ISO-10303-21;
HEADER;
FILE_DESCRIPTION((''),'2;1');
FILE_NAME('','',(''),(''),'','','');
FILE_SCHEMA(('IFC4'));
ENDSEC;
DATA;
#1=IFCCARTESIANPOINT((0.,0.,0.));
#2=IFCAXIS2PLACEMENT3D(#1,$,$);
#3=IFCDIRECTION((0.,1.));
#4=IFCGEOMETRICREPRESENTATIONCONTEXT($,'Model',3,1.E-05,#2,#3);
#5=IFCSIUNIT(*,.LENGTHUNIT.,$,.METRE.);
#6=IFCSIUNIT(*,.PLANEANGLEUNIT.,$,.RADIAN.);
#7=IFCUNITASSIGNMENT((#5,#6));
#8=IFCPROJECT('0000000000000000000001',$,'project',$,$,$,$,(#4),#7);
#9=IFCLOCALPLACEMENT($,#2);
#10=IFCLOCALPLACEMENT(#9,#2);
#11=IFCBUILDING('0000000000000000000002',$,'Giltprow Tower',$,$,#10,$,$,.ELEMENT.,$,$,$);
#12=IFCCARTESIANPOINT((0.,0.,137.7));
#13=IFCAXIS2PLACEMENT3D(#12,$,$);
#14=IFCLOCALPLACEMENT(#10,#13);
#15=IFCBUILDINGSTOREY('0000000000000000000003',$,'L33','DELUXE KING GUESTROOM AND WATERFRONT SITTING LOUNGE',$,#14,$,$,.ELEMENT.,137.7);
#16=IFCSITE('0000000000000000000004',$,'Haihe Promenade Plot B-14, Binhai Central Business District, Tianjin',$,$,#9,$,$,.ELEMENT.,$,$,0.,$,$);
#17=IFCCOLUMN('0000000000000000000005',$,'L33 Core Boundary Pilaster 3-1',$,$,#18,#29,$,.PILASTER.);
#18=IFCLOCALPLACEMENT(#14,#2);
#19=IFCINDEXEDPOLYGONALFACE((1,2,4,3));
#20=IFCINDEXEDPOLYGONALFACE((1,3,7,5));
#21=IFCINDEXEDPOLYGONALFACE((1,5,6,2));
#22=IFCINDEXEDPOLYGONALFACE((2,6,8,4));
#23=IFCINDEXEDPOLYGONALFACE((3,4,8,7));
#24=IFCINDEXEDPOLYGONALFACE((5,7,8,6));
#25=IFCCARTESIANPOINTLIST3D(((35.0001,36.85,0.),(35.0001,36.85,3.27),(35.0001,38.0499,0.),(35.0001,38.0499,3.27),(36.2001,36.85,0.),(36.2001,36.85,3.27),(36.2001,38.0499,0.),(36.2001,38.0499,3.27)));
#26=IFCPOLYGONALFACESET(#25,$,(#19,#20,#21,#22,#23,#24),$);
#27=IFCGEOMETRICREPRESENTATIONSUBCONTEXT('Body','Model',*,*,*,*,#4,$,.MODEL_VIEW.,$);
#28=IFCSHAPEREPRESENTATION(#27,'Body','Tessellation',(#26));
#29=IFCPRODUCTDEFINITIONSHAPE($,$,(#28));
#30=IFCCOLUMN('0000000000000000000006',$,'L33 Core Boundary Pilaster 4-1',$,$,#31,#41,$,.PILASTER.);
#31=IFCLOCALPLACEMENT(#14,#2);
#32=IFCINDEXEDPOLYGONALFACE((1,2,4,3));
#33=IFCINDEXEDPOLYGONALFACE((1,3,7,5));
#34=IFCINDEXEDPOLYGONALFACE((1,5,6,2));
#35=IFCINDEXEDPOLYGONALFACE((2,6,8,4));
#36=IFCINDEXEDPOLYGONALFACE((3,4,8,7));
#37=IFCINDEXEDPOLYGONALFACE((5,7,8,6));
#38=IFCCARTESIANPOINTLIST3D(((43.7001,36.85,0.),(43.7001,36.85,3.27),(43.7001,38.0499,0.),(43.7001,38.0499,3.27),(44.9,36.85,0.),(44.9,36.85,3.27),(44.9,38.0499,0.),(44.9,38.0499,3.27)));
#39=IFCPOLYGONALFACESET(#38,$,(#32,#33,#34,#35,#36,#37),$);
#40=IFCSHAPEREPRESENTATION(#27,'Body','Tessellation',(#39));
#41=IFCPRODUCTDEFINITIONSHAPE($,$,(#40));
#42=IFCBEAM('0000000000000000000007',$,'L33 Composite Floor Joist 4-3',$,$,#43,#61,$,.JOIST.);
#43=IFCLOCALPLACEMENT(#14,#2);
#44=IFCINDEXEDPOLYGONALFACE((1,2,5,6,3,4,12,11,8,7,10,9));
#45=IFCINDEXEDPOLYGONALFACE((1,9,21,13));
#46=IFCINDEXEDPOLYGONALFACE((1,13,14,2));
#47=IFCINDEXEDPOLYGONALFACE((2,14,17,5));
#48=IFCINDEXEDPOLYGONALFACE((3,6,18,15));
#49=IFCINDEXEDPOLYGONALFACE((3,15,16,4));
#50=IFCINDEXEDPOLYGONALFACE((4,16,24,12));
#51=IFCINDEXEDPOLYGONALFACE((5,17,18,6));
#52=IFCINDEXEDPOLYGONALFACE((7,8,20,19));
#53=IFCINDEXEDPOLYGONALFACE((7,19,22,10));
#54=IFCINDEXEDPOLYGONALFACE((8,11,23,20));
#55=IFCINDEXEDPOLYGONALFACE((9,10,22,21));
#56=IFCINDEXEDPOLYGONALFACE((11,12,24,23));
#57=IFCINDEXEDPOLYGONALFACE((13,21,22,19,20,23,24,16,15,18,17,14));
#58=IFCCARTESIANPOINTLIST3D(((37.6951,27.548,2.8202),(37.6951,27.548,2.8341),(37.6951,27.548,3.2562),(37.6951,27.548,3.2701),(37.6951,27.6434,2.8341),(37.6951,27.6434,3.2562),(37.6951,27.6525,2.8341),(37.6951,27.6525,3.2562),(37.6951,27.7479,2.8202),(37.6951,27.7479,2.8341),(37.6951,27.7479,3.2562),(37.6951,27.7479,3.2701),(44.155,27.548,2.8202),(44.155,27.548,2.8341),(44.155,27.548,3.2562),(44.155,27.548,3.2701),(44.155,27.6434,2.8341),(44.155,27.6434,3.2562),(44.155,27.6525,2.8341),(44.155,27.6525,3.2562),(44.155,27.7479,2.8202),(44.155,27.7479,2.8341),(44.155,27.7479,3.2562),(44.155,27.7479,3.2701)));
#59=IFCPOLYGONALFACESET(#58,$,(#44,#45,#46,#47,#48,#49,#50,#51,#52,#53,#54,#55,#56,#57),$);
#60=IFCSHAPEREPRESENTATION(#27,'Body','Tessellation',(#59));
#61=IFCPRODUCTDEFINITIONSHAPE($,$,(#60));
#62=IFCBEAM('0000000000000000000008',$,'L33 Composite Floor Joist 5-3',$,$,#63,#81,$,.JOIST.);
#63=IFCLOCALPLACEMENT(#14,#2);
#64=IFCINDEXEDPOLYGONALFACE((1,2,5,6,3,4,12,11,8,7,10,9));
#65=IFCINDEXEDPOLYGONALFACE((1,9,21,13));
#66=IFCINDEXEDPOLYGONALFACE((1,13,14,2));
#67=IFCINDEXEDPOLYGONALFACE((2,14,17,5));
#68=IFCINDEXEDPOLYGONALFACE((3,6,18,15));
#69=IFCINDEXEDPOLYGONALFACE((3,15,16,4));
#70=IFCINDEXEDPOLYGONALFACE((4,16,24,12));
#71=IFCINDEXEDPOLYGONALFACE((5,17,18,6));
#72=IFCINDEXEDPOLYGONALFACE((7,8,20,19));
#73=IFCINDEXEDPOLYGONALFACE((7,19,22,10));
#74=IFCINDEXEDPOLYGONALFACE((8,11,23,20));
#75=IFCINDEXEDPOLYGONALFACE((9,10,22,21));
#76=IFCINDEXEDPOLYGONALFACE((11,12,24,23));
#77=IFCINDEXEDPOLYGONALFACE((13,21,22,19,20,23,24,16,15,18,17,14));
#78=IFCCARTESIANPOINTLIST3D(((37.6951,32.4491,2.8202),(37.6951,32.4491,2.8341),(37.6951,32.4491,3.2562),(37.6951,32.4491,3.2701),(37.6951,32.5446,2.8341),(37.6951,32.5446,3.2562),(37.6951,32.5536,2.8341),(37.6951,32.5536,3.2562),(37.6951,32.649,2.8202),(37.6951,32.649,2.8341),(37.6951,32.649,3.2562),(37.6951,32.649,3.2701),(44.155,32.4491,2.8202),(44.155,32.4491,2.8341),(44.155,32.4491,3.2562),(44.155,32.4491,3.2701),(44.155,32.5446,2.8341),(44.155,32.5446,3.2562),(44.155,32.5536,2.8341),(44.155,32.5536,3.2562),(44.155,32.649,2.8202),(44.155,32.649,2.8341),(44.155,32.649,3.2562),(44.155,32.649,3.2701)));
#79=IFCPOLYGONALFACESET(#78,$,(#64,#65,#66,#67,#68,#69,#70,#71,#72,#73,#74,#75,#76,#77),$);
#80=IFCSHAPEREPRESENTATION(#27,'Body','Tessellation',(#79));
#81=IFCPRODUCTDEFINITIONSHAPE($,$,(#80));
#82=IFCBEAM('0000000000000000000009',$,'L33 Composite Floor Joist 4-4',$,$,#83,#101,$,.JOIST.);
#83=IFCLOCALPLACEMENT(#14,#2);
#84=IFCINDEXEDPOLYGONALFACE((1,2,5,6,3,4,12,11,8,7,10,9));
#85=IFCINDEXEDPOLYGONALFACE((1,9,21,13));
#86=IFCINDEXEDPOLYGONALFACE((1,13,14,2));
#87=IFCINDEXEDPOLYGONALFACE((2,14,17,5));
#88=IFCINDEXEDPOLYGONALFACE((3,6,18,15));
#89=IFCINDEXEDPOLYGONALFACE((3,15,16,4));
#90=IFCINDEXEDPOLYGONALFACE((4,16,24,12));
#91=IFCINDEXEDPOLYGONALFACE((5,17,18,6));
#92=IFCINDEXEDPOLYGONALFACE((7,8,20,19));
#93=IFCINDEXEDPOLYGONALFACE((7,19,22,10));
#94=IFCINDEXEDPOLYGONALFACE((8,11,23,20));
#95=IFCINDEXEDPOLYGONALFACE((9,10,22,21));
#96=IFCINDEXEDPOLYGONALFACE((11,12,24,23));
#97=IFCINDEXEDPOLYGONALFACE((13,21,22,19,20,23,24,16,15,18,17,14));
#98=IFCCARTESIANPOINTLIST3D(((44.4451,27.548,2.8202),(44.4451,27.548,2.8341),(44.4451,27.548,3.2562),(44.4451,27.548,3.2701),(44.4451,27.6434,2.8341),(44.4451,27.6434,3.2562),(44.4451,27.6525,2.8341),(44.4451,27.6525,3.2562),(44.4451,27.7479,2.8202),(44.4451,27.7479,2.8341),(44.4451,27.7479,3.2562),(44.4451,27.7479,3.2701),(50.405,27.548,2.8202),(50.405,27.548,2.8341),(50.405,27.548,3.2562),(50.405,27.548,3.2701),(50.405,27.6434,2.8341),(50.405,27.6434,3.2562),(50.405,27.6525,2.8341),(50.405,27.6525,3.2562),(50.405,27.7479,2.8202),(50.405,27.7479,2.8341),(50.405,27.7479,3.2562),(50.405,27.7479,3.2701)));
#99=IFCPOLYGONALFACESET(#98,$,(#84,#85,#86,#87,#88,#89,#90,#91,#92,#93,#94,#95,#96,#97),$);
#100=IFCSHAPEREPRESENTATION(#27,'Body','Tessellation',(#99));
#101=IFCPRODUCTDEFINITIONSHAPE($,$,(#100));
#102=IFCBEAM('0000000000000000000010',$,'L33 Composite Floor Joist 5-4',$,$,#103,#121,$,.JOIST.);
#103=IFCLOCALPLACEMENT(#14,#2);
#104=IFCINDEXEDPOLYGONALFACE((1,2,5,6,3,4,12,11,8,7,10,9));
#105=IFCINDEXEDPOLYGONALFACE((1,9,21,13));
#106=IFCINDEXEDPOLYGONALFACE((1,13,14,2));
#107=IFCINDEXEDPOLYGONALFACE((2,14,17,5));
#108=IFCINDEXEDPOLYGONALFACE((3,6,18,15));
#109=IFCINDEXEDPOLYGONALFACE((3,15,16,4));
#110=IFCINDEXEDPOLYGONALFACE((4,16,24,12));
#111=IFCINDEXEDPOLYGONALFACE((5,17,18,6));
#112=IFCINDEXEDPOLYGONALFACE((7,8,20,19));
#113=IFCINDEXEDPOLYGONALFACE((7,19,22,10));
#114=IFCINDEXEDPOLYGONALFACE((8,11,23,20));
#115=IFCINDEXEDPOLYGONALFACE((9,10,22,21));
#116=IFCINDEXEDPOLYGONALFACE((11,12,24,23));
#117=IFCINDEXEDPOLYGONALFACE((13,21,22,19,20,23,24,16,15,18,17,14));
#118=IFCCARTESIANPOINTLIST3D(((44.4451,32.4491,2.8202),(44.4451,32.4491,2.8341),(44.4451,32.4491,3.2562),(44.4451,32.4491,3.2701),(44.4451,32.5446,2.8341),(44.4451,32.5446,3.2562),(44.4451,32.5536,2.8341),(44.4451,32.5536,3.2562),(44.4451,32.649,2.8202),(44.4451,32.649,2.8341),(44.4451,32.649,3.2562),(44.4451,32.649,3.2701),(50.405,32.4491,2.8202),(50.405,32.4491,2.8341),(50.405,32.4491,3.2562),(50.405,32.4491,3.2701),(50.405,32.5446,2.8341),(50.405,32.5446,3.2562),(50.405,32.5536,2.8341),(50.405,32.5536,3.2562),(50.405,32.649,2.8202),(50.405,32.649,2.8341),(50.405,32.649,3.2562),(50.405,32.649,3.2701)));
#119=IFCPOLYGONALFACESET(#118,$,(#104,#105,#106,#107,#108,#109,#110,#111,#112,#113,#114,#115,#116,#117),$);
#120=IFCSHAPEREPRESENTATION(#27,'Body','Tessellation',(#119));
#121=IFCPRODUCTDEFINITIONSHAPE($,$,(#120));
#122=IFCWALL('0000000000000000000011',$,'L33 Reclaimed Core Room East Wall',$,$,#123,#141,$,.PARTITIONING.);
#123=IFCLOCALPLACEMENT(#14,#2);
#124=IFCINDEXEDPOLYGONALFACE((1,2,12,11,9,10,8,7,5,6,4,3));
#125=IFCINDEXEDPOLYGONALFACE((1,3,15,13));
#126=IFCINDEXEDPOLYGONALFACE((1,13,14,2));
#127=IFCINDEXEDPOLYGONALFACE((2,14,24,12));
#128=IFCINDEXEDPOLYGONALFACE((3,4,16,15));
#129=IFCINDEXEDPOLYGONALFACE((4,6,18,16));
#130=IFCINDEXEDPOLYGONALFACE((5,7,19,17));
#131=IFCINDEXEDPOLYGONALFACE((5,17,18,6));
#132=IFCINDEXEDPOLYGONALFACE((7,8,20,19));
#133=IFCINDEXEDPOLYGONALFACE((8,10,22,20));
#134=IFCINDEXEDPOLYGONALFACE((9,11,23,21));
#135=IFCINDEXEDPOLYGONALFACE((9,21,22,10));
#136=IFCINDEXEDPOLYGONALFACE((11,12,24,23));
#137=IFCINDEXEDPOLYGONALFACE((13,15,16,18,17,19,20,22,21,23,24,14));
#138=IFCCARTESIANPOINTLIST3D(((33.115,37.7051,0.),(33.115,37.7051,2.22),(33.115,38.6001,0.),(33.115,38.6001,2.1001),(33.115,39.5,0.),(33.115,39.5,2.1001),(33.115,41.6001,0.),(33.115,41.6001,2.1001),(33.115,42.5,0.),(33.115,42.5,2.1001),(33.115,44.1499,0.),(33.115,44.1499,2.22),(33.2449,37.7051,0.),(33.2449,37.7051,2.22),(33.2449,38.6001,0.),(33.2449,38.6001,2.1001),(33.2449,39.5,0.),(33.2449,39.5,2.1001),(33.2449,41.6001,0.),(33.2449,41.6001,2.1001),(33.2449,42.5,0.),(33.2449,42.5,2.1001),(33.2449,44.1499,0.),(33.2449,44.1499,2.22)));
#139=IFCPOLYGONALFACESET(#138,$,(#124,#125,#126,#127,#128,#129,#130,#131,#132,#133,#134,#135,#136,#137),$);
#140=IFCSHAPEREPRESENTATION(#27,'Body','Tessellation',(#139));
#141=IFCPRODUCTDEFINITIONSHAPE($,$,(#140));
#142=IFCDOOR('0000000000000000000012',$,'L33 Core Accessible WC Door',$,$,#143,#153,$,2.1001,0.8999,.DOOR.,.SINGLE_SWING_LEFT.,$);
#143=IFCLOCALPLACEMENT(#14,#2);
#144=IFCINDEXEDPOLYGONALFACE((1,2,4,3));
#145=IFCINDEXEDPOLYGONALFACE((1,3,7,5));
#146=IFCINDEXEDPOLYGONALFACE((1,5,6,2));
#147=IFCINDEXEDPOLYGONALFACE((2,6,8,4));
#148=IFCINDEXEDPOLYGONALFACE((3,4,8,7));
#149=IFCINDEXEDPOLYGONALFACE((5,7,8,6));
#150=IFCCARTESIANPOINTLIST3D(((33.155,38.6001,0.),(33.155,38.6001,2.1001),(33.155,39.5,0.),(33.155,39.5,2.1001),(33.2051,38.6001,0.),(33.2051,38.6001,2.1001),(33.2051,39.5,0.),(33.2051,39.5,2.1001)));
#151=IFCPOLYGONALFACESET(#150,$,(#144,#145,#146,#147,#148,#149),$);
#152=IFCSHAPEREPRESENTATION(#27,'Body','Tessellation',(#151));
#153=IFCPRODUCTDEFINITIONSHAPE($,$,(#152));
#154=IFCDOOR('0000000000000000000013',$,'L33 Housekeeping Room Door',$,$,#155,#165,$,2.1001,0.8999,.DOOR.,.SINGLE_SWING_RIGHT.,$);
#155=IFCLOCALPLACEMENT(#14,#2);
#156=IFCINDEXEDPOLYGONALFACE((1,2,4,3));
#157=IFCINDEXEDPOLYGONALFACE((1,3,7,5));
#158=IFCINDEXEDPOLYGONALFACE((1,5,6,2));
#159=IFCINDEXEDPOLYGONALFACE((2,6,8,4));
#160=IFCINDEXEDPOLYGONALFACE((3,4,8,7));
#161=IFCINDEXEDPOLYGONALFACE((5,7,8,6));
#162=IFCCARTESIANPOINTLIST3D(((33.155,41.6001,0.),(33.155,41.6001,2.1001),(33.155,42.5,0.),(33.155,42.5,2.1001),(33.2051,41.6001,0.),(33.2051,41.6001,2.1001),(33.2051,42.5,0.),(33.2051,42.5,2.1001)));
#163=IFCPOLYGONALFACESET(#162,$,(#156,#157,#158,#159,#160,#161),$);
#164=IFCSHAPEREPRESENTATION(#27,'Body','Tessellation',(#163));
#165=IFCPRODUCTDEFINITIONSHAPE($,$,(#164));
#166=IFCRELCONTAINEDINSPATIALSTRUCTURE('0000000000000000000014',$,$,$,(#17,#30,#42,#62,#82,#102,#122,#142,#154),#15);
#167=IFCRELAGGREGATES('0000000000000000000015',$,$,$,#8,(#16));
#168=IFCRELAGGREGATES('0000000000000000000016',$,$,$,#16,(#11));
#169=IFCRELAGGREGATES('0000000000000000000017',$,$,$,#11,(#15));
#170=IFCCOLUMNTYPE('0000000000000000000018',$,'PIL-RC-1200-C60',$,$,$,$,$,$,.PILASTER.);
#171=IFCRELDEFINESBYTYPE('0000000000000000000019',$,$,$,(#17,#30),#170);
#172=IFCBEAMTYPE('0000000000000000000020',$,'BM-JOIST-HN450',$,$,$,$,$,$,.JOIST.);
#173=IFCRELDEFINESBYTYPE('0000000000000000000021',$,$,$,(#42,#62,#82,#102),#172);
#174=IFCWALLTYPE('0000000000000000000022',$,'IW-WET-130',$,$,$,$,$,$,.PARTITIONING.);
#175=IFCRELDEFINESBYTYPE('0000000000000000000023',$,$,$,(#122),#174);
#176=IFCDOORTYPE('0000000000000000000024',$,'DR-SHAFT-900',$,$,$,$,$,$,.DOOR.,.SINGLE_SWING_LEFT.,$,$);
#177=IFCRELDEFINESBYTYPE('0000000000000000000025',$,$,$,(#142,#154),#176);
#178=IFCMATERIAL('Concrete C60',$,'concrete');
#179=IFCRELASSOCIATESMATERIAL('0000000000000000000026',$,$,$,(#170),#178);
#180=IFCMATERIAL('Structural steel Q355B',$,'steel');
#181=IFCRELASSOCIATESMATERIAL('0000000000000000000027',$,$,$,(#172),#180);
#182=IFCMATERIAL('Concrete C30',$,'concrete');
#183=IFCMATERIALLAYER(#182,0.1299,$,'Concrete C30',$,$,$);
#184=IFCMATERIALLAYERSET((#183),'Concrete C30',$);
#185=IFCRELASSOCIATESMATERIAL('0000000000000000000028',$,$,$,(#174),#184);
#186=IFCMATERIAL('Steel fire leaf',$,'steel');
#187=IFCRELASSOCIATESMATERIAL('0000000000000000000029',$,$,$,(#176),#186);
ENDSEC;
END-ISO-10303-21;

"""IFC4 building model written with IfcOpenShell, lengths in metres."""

from ifc_helpers import new_model, si_unit, direction, frame, frame_2d, origin, origin_2d, place, context, subcontext, project, spatial, rectangle, i_section, extrude, source, transform, mapped, material, layer, layer_set, material_profile, profile_set, type_object, element, fill, save


model = new_model("IFC4")

# Units and contexts
model_context = context("Model", 3, precision=1e-05, world=origin(), true_north=direction((0.0, 1.0)))
body_context = subcontext(model_context, "Body", "Model", "MODEL_VIEW")
ifc_project = project(units=[si_unit("LENGTHUNIT", "METRE"), si_unit("PLANEANGLEUNIT", "RADIAN")], contexts=[model_context])

# Site, building, storey
site_placement = place(None, origin())
site = spatial("IfcSite", under=ifc_project, at=site_placement, Name="Haihe Promenade Plot B-14, Binhai Central Business District, Tianjin", CompositionType="ELEMENT", RefElevation=0.0)
building_placement = place(site_placement, origin())
building = spatial("IfcBuilding", under=site, at=building_placement, Name="Giltprow Tower", CompositionType="ELEMENT")
storey_placement = place(building_placement, frame((0.0, 0.0, 137.7)))
storey = spatial("IfcBuildingStorey", under=building, at=storey_placement, Name="L33", Description="DELUXE KING GUESTROOM AND WATERFRONT SITTING LOUNGE", CompositionType="ELEMENT", Elevation=137.7)

# Columns
ifc_material_1 = material(Name="Concrete C60", Category="concrete")
ifc_material_profile_1 = material_profile(ifc_material_1, rectangle(XDim=1.2, YDim=1.2, at=origin_2d()), Name="RC 1200x1200")
ifc_profile_set_1 = profile_set([ifc_material_profile_1], Name="Concrete C60")
column_type = type_object("IfcColumnType", Name="PIL-RC-1200-C60", PredefinedType="PILASTER", material=ifc_profile_set_1)
shared_shape_1 = source(origin(), body_context, "Body", "SweptSolid", [
    extrude(rectangle(XDim=1.2, YDim=1.2, at=origin_2d()), origin(), (0.0, 0.0, 1.0), 3.27),
])
for number, where, z_axis, x_axis, name in (
    (1, (35.6001, 37.45, 0.0), (0.0, 0.0, 1.0), (1.0, 0.0, 0.0), "L33 Core Boundary Pilaster 3-1"),
    (2, (44.3, 37.45, 0.0), (0.0, 0.0, 1.0), (1.0, 0.0, 0.0), "L33 Core Boundary Pilaster 4-1"),
):
    element("IfcColumn", number, at=place(storey_placement, frame(where, z_axis=z_axis, x_axis=x_axis)), inside=storey, type_object=column_type, Name=name, PredefinedType="PILASTER", context=body_context, shape_type="MappedRepresentation", body=[
        mapped(shared_shape_1, transform((0.0, 0.0, 0.0), x_axis=(1.0, 0.0, 0.0), y_axis=(0.0, 1.0, 0.0), z_axis=(0.0, 0.0, 1.0), scale=1.0)),
    ])

# Beams
ifc_material_2 = material(Name="Structural steel Q355B", Category="steel")
ifc_material_profile_2 = material_profile(ifc_material_2, i_section(OverallWidth=0.2, OverallDepth=0.45, WebThickness=0.009, FlangeThickness=0.0139, at=origin_2d()), Name="HN 450x200x9x14")
ifc_profile_set_2 = profile_set([ifc_material_profile_2], Name="Structural steel Q355B")
beam_type = type_object("IfcBeamType", Name="BM-JOIST-HN450", PredefinedType="JOIST", material=ifc_profile_set_2)
shared_shape_2 = source(origin(), body_context, "Body", "SweptSolid", [
    extrude(i_section(OverallWidth=0.2, OverallDepth=0.45, WebThickness=0.009, FlangeThickness=0.0139, at=origin_2d()), origin(), (0.0, 0.0, 1.0), 6.46),
])
for number, where, z_axis, x_axis, name in (
    (3, (37.6951, 27.6479, 3.0452), (1.0, 0.0, 0.0), (0.0, 1.0, 0.0), "L33 Composite Floor Joist 4-3"),
    (4, (37.6951, 32.5491, 3.0452), (1.0, 0.0, 0.0), (0.0, 1.0, 0.0), "L33 Composite Floor Joist 5-3"),
):
    element("IfcBeam", number, at=place(storey_placement, frame(where, z_axis=z_axis, x_axis=x_axis)), inside=storey, type_object=beam_type, Name=name, PredefinedType="JOIST", context=body_context, shape_type="MappedRepresentation", body=[
        mapped(shared_shape_2, transform((0.0, 0.0, 0.0), x_axis=(1.0, 0.0, 0.0), y_axis=(0.0, 1.0, 0.0), z_axis=(0.0, 0.0, 1.0), scale=1.0)),
    ])
shared_shape_3 = source(origin(), body_context, "Body", "SweptSolid", [
    extrude(i_section(OverallWidth=0.2, OverallDepth=0.45, WebThickness=0.009, FlangeThickness=0.0139, at=origin_2d()), origin(), (0.0, 0.0, 1.0), 5.96),
])
for number, where, z_axis, x_axis, name in (
    (5, (44.4451, 27.6479, 3.0452), (1.0, 0.0, 0.0), (0.0, 1.0, 0.0), "L33 Composite Floor Joist 4-4"),
    (6, (44.4451, 32.5491, 3.0452), (1.0, 0.0, 0.0), (0.0, 1.0, 0.0), "L33 Composite Floor Joist 5-4"),
):
    element("IfcBeam", number, at=place(storey_placement, frame(where, z_axis=z_axis, x_axis=x_axis)), inside=storey, type_object=beam_type, Name=name, PredefinedType="JOIST", context=body_context, shape_type="MappedRepresentation", body=[
        mapped(shared_shape_3, transform((0.0, 0.0, 0.0), x_axis=(1.0, 0.0, 0.0), y_axis=(0.0, 1.0, 0.0), z_axis=(0.0, 0.0, 1.0), scale=1.0)),
    ])

# Wall, openings, doors
ifc_material_3 = material(Name="Concrete C30", Category="concrete")
ifc_layer_1 = layer(ifc_material_3, 0.1299, Name="Concrete C30")
ifc_layer_set_1 = layer_set([ifc_layer_1], Name="Concrete C30")
wall_type_1 = type_object("IfcWallType", Name="IW-WET-130", PredefinedType="PARTITIONING", material=ifc_layer_set_1)
wall_1_placement = place(storey_placement, frame((33.1799, 37.7051, 0.0), z_axis=(0.0, 0.0, 1.0), x_axis=(0.0, 1.0, 0.0)))
wall_1 = element("IfcWall", 7, at=wall_1_placement, inside=storey, type_object=wall_type_1, Name="L33 Reclaimed Core Room East Wall", PredefinedType="PARTITIONING", context=body_context, shape_type="SweptSolid", body=[
    extrude(rectangle(XDim=6.4448, YDim=0.1299, at=frame_2d((3.2224, 0.0))), origin(), (0.0, 0.0, 1.0), 2.22),
])
opening_1_placement = place(wall_1_placement, frame((0.895, 0.0, 0.0)))
opening_1 = element("IfcOpeningElement", 8, at=opening_1_placement, cuts=wall_1, PredefinedType="OPENING", context=body_context, shape_type="SweptSolid", body=[
    extrude(rectangle(XDim=0.8999, YDim=2.1001, at=frame_2d((0.45, 1.05))), frame((0.0, 0.075, 0.0), z_axis=(0.0, -1.0, 0.0), x_axis=(1.0, 0.0, 0.0)), (0.0, 0.0, 1.0), 0.1499),
])
opening_2_placement = place(wall_1_placement, frame((3.895, 0.0, 0.0)))
opening_2 = element("IfcOpeningElement", 9, at=opening_2_placement, cuts=wall_1, PredefinedType="OPENING", context=body_context, shape_type="SweptSolid", body=[
    extrude(rectangle(XDim=0.8999, YDim=2.1001, at=frame_2d((0.45, 1.05))), frame((0.0, 0.075, 0.0), z_axis=(0.0, -1.0, 0.0), x_axis=(1.0, 0.0, 0.0)), (0.0, 0.0, 1.0), 0.1499),
])
ifc_material_4 = material(Name="Steel fire leaf", Category="steel")
door_type_1 = type_object("IfcDoorType", Name="DR-SHAFT-900", OperationType="SINGLE_SWING_LEFT", PredefinedType="DOOR", material=ifc_material_4)
shared_shape_4 = source(origin(), body_context, "Body", "SweptSolid", [
    extrude(rectangle(XDim=0.8999, YDim=2.1001, at=frame_2d((0.45, 1.05))), frame((0.0, 0.0249, 0.0), z_axis=(0.0, -1.0, 0.0), x_axis=(1.0, 0.0, 0.0)), (0.0, 0.0, 1.0), 0.05),
])
door_1_placement = place(opening_1_placement, origin())
door_1 = element("IfcDoor", 10, at=door_1_placement, inside=storey, type_object=door_type_1, Name="L33 Core Accessible WC Door", OperationType="SINGLE_SWING_LEFT", OverallHeight=2.1001, OverallWidth=0.8999, PredefinedType="DOOR", context=body_context, shape_type="MappedRepresentation", body=[
    mapped(shared_shape_4, transform((0.0, 0.0, 0.0), x_axis=(1.0, 0.0, 0.0), y_axis=(0.0, 1.0, 0.0), z_axis=(0.0, 0.0, 1.0), scale=1.0)),
])
fill(opening_1, door_1)
door_2_placement = place(opening_2_placement, origin())
door_2 = element("IfcDoor", 11, at=door_2_placement, inside=storey, type_object=door_type_1, Name="L33 Housekeeping Room Door", OperationType="SINGLE_SWING_RIGHT", OverallHeight=2.1001, OverallWidth=0.8999, PredefinedType="DOOR", context=body_context, shape_type="MappedRepresentation", body=[
    mapped(shared_shape_4, transform((0.0, 0.0, 0.0), x_axis=(1.0, 0.0, 0.0), y_axis=(0.0, 1.0, 0.0), z_axis=(0.0, 0.0, 1.0), scale=1.0)),
])
fill(opening_2, door_2)

save(model, "model.ifc")
